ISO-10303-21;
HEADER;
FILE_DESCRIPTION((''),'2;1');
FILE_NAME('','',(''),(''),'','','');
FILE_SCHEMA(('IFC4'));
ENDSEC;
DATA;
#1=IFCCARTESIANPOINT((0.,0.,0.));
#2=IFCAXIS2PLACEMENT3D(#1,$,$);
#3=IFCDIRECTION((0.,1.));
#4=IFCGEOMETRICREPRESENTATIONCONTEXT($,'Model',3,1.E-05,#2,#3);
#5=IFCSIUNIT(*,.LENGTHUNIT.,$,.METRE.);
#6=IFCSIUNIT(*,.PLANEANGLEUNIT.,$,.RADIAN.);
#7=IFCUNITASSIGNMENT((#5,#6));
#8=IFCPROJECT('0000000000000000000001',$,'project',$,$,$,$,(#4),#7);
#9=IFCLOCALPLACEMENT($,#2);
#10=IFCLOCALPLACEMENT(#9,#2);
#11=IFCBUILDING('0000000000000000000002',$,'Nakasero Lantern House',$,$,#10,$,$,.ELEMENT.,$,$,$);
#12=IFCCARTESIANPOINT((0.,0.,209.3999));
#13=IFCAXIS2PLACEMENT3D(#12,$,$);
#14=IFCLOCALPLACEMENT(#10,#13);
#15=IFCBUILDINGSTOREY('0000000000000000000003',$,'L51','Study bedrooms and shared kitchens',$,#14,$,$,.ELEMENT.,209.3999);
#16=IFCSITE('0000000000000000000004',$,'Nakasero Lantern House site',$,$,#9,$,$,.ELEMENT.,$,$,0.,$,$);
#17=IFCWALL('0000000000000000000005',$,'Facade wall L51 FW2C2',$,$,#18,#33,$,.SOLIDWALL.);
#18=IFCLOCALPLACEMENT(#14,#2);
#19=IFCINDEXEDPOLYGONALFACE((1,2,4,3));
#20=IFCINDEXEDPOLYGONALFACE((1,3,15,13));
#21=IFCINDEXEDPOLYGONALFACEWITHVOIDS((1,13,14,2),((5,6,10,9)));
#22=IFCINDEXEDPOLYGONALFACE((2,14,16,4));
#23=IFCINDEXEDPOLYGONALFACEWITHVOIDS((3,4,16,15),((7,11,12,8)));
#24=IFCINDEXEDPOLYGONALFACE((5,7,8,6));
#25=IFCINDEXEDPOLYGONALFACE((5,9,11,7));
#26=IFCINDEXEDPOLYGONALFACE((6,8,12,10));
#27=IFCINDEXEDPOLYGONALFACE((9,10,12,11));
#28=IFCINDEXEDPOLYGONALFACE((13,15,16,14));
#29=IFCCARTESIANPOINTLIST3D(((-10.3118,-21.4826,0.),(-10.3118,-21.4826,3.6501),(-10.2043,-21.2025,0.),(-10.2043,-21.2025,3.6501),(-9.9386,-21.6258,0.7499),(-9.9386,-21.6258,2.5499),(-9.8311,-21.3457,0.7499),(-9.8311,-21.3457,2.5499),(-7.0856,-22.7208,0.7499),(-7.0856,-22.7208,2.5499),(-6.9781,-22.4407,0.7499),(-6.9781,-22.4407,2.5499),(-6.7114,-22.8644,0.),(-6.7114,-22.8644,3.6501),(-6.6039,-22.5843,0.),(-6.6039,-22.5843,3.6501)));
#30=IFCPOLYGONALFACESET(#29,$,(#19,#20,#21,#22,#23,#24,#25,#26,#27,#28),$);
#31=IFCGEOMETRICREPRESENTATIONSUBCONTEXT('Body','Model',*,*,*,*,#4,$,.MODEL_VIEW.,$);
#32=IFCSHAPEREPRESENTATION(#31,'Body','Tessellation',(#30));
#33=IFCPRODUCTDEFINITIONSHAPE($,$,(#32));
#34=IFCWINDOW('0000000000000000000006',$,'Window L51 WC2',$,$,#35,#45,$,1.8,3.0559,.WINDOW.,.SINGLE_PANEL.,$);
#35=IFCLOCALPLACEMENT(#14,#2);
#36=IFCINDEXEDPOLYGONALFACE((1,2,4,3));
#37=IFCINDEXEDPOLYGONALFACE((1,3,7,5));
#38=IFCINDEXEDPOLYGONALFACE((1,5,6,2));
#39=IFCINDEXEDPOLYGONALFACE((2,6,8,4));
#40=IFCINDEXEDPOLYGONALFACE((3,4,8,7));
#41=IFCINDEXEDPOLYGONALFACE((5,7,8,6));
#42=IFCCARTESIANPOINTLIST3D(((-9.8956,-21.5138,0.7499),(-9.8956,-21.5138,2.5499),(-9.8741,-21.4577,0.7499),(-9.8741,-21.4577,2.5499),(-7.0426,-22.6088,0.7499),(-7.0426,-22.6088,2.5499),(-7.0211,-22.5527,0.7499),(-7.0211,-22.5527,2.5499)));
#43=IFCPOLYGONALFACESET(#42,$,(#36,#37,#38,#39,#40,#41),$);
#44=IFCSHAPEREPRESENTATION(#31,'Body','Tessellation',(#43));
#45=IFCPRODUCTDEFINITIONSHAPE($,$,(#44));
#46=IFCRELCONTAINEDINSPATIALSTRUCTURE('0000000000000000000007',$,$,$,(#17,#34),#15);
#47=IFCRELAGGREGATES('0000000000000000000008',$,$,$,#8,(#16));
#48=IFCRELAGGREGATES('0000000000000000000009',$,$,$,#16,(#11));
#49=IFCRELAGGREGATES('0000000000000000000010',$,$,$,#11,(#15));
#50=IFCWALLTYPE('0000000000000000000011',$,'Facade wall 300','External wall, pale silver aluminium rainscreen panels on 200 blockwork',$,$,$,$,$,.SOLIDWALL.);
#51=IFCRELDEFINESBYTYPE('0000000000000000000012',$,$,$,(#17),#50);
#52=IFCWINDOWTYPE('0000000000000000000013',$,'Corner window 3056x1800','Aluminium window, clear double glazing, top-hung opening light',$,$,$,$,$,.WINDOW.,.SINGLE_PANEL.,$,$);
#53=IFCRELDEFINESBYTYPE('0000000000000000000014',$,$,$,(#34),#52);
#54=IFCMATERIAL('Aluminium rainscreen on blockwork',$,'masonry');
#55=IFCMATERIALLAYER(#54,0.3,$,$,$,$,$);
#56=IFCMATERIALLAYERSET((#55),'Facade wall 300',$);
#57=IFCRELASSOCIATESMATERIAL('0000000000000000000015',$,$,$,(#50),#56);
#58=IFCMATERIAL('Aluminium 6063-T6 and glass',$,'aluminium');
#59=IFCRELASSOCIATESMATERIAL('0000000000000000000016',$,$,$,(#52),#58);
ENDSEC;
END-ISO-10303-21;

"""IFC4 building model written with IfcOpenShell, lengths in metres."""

from ifc_helpers import new_model, si_unit, direction, frame, frame_2d, origin, place, context, subcontext, project, spatial, rectangle, extrude, material, layer, layer_set, type_object, element, fill, save


model = new_model("IFC4")

# Units and contexts
model_context = context("Model", 3, precision=1e-05, world=origin(), true_north=direction((0.0, 1.0)))
body_context = subcontext(model_context, "Body", "Model", "MODEL_VIEW")
ifc_project = project(units=[si_unit("LENGTHUNIT", "METRE"), si_unit("PLANEANGLEUNIT", "RADIAN")], contexts=[model_context])

# Site, building, storey
site_placement = place(None, origin())
site = spatial("IfcSite", under=ifc_project, at=site_placement, Name="Nakasero Lantern House site", CompositionType="ELEMENT", RefElevation=0.0)
building_placement = place(site_placement, origin())
building = spatial("IfcBuilding", under=site, at=building_placement, Name="Nakasero Lantern House", CompositionType="ELEMENT")
storey_placement = place(building_placement, frame((0.0, 0.0, 209.3999)))
storey = spatial("IfcBuildingStorey", under=building, at=storey_placement, Name="L51", Description="Study bedrooms and shared kitchens", CompositionType="ELEMENT", Elevation=209.3999)

# Shared definitions
ifc_material_1 = material(Name="Aluminium rainscreen on blockwork", Category="masonry")
ifc_layer_1 = layer(ifc_material_1, 0.3)
ifc_layer_set_1 = layer_set([ifc_layer_1], Name="Facade wall 300")
wall_type_1 = type_object("IfcWallType", Name="Facade wall 300", Description="External wall, pale silver aluminium rainscreen panels on 200 blockwork", PredefinedType="SOLIDWALL", material=ifc_layer_set_1)

# Wall, opening, window
wall_1_placement = place(storey_placement, frame((-10.2581, -21.3425, 0.0), z_axis=(0.0, 0.0, 1.0), x_axis=(0.933598, -0.358321, 0.0)))
wall_1 = element("IfcWall", 1, at=wall_1_placement, inside=storey, type_object=wall_type_1, Name="Facade wall L51 FW2C2", PredefinedType="SOLIDWALL", context=body_context, shape_type="SweptSolid", body=[
    extrude(rectangle(XDim=3.8564, YDim=0.3, at=frame_2d((1.9282, 0.0))), origin(), (0.0, 0.0, 1.0), 3.6501),
])
opening_1_placement = place(wall_1_placement, frame((0.3999, 0.0, 0.75)))
opening_1 = element("IfcOpeningElement", 2, at=opening_1_placement, cuts=wall_1, PredefinedType="OPENING", context=body_context, shape_type="SweptSolid", body=[
    extrude(rectangle(XDim=3.0559, YDim=1.8, at=frame_2d((1.5278, 0.8999))), frame((0.0, 0.1699, 0.0), z_axis=(0.0, -1.0, 0.0), x_axis=(1.0, 0.0, 0.0)), (0.0, 0.0, 1.0), 0.3401),
])
ifc_material_2 = material(Name="Aluminium 6063-T6 and glass", Category="aluminium")
window_type = type_object("IfcWindowType", Name="Corner window 3056x1800", Description="Aluminium window, clear double glazing, top-hung opening light", PartitioningType="SINGLE_PANEL", PredefinedType="WINDOW", material=ifc_material_2)
window_placement = place(opening_1_placement, origin())
window = element("IfcWindow", 3, at=window_placement, inside=storey, type_object=window_type, Name="Window L51 WC2", OverallHeight=1.8, OverallWidth=3.0559, PartitioningType="SINGLE_PANEL", PredefinedType="WINDOW", context=body_context, shape_type="SweptSolid", body=[
    extrude(rectangle(XDim=3.0559, YDim=1.8, at=frame_2d((1.5278, 0.8999))), frame((0.0, 0.03, 0.0), z_axis=(0.0, -1.0, 0.0), x_axis=(1.0, 0.0, 0.0)), (0.0, 0.0, 1.0), 0.0601),
])
fill(opening_1, window)

save(model, "model.ifc")
